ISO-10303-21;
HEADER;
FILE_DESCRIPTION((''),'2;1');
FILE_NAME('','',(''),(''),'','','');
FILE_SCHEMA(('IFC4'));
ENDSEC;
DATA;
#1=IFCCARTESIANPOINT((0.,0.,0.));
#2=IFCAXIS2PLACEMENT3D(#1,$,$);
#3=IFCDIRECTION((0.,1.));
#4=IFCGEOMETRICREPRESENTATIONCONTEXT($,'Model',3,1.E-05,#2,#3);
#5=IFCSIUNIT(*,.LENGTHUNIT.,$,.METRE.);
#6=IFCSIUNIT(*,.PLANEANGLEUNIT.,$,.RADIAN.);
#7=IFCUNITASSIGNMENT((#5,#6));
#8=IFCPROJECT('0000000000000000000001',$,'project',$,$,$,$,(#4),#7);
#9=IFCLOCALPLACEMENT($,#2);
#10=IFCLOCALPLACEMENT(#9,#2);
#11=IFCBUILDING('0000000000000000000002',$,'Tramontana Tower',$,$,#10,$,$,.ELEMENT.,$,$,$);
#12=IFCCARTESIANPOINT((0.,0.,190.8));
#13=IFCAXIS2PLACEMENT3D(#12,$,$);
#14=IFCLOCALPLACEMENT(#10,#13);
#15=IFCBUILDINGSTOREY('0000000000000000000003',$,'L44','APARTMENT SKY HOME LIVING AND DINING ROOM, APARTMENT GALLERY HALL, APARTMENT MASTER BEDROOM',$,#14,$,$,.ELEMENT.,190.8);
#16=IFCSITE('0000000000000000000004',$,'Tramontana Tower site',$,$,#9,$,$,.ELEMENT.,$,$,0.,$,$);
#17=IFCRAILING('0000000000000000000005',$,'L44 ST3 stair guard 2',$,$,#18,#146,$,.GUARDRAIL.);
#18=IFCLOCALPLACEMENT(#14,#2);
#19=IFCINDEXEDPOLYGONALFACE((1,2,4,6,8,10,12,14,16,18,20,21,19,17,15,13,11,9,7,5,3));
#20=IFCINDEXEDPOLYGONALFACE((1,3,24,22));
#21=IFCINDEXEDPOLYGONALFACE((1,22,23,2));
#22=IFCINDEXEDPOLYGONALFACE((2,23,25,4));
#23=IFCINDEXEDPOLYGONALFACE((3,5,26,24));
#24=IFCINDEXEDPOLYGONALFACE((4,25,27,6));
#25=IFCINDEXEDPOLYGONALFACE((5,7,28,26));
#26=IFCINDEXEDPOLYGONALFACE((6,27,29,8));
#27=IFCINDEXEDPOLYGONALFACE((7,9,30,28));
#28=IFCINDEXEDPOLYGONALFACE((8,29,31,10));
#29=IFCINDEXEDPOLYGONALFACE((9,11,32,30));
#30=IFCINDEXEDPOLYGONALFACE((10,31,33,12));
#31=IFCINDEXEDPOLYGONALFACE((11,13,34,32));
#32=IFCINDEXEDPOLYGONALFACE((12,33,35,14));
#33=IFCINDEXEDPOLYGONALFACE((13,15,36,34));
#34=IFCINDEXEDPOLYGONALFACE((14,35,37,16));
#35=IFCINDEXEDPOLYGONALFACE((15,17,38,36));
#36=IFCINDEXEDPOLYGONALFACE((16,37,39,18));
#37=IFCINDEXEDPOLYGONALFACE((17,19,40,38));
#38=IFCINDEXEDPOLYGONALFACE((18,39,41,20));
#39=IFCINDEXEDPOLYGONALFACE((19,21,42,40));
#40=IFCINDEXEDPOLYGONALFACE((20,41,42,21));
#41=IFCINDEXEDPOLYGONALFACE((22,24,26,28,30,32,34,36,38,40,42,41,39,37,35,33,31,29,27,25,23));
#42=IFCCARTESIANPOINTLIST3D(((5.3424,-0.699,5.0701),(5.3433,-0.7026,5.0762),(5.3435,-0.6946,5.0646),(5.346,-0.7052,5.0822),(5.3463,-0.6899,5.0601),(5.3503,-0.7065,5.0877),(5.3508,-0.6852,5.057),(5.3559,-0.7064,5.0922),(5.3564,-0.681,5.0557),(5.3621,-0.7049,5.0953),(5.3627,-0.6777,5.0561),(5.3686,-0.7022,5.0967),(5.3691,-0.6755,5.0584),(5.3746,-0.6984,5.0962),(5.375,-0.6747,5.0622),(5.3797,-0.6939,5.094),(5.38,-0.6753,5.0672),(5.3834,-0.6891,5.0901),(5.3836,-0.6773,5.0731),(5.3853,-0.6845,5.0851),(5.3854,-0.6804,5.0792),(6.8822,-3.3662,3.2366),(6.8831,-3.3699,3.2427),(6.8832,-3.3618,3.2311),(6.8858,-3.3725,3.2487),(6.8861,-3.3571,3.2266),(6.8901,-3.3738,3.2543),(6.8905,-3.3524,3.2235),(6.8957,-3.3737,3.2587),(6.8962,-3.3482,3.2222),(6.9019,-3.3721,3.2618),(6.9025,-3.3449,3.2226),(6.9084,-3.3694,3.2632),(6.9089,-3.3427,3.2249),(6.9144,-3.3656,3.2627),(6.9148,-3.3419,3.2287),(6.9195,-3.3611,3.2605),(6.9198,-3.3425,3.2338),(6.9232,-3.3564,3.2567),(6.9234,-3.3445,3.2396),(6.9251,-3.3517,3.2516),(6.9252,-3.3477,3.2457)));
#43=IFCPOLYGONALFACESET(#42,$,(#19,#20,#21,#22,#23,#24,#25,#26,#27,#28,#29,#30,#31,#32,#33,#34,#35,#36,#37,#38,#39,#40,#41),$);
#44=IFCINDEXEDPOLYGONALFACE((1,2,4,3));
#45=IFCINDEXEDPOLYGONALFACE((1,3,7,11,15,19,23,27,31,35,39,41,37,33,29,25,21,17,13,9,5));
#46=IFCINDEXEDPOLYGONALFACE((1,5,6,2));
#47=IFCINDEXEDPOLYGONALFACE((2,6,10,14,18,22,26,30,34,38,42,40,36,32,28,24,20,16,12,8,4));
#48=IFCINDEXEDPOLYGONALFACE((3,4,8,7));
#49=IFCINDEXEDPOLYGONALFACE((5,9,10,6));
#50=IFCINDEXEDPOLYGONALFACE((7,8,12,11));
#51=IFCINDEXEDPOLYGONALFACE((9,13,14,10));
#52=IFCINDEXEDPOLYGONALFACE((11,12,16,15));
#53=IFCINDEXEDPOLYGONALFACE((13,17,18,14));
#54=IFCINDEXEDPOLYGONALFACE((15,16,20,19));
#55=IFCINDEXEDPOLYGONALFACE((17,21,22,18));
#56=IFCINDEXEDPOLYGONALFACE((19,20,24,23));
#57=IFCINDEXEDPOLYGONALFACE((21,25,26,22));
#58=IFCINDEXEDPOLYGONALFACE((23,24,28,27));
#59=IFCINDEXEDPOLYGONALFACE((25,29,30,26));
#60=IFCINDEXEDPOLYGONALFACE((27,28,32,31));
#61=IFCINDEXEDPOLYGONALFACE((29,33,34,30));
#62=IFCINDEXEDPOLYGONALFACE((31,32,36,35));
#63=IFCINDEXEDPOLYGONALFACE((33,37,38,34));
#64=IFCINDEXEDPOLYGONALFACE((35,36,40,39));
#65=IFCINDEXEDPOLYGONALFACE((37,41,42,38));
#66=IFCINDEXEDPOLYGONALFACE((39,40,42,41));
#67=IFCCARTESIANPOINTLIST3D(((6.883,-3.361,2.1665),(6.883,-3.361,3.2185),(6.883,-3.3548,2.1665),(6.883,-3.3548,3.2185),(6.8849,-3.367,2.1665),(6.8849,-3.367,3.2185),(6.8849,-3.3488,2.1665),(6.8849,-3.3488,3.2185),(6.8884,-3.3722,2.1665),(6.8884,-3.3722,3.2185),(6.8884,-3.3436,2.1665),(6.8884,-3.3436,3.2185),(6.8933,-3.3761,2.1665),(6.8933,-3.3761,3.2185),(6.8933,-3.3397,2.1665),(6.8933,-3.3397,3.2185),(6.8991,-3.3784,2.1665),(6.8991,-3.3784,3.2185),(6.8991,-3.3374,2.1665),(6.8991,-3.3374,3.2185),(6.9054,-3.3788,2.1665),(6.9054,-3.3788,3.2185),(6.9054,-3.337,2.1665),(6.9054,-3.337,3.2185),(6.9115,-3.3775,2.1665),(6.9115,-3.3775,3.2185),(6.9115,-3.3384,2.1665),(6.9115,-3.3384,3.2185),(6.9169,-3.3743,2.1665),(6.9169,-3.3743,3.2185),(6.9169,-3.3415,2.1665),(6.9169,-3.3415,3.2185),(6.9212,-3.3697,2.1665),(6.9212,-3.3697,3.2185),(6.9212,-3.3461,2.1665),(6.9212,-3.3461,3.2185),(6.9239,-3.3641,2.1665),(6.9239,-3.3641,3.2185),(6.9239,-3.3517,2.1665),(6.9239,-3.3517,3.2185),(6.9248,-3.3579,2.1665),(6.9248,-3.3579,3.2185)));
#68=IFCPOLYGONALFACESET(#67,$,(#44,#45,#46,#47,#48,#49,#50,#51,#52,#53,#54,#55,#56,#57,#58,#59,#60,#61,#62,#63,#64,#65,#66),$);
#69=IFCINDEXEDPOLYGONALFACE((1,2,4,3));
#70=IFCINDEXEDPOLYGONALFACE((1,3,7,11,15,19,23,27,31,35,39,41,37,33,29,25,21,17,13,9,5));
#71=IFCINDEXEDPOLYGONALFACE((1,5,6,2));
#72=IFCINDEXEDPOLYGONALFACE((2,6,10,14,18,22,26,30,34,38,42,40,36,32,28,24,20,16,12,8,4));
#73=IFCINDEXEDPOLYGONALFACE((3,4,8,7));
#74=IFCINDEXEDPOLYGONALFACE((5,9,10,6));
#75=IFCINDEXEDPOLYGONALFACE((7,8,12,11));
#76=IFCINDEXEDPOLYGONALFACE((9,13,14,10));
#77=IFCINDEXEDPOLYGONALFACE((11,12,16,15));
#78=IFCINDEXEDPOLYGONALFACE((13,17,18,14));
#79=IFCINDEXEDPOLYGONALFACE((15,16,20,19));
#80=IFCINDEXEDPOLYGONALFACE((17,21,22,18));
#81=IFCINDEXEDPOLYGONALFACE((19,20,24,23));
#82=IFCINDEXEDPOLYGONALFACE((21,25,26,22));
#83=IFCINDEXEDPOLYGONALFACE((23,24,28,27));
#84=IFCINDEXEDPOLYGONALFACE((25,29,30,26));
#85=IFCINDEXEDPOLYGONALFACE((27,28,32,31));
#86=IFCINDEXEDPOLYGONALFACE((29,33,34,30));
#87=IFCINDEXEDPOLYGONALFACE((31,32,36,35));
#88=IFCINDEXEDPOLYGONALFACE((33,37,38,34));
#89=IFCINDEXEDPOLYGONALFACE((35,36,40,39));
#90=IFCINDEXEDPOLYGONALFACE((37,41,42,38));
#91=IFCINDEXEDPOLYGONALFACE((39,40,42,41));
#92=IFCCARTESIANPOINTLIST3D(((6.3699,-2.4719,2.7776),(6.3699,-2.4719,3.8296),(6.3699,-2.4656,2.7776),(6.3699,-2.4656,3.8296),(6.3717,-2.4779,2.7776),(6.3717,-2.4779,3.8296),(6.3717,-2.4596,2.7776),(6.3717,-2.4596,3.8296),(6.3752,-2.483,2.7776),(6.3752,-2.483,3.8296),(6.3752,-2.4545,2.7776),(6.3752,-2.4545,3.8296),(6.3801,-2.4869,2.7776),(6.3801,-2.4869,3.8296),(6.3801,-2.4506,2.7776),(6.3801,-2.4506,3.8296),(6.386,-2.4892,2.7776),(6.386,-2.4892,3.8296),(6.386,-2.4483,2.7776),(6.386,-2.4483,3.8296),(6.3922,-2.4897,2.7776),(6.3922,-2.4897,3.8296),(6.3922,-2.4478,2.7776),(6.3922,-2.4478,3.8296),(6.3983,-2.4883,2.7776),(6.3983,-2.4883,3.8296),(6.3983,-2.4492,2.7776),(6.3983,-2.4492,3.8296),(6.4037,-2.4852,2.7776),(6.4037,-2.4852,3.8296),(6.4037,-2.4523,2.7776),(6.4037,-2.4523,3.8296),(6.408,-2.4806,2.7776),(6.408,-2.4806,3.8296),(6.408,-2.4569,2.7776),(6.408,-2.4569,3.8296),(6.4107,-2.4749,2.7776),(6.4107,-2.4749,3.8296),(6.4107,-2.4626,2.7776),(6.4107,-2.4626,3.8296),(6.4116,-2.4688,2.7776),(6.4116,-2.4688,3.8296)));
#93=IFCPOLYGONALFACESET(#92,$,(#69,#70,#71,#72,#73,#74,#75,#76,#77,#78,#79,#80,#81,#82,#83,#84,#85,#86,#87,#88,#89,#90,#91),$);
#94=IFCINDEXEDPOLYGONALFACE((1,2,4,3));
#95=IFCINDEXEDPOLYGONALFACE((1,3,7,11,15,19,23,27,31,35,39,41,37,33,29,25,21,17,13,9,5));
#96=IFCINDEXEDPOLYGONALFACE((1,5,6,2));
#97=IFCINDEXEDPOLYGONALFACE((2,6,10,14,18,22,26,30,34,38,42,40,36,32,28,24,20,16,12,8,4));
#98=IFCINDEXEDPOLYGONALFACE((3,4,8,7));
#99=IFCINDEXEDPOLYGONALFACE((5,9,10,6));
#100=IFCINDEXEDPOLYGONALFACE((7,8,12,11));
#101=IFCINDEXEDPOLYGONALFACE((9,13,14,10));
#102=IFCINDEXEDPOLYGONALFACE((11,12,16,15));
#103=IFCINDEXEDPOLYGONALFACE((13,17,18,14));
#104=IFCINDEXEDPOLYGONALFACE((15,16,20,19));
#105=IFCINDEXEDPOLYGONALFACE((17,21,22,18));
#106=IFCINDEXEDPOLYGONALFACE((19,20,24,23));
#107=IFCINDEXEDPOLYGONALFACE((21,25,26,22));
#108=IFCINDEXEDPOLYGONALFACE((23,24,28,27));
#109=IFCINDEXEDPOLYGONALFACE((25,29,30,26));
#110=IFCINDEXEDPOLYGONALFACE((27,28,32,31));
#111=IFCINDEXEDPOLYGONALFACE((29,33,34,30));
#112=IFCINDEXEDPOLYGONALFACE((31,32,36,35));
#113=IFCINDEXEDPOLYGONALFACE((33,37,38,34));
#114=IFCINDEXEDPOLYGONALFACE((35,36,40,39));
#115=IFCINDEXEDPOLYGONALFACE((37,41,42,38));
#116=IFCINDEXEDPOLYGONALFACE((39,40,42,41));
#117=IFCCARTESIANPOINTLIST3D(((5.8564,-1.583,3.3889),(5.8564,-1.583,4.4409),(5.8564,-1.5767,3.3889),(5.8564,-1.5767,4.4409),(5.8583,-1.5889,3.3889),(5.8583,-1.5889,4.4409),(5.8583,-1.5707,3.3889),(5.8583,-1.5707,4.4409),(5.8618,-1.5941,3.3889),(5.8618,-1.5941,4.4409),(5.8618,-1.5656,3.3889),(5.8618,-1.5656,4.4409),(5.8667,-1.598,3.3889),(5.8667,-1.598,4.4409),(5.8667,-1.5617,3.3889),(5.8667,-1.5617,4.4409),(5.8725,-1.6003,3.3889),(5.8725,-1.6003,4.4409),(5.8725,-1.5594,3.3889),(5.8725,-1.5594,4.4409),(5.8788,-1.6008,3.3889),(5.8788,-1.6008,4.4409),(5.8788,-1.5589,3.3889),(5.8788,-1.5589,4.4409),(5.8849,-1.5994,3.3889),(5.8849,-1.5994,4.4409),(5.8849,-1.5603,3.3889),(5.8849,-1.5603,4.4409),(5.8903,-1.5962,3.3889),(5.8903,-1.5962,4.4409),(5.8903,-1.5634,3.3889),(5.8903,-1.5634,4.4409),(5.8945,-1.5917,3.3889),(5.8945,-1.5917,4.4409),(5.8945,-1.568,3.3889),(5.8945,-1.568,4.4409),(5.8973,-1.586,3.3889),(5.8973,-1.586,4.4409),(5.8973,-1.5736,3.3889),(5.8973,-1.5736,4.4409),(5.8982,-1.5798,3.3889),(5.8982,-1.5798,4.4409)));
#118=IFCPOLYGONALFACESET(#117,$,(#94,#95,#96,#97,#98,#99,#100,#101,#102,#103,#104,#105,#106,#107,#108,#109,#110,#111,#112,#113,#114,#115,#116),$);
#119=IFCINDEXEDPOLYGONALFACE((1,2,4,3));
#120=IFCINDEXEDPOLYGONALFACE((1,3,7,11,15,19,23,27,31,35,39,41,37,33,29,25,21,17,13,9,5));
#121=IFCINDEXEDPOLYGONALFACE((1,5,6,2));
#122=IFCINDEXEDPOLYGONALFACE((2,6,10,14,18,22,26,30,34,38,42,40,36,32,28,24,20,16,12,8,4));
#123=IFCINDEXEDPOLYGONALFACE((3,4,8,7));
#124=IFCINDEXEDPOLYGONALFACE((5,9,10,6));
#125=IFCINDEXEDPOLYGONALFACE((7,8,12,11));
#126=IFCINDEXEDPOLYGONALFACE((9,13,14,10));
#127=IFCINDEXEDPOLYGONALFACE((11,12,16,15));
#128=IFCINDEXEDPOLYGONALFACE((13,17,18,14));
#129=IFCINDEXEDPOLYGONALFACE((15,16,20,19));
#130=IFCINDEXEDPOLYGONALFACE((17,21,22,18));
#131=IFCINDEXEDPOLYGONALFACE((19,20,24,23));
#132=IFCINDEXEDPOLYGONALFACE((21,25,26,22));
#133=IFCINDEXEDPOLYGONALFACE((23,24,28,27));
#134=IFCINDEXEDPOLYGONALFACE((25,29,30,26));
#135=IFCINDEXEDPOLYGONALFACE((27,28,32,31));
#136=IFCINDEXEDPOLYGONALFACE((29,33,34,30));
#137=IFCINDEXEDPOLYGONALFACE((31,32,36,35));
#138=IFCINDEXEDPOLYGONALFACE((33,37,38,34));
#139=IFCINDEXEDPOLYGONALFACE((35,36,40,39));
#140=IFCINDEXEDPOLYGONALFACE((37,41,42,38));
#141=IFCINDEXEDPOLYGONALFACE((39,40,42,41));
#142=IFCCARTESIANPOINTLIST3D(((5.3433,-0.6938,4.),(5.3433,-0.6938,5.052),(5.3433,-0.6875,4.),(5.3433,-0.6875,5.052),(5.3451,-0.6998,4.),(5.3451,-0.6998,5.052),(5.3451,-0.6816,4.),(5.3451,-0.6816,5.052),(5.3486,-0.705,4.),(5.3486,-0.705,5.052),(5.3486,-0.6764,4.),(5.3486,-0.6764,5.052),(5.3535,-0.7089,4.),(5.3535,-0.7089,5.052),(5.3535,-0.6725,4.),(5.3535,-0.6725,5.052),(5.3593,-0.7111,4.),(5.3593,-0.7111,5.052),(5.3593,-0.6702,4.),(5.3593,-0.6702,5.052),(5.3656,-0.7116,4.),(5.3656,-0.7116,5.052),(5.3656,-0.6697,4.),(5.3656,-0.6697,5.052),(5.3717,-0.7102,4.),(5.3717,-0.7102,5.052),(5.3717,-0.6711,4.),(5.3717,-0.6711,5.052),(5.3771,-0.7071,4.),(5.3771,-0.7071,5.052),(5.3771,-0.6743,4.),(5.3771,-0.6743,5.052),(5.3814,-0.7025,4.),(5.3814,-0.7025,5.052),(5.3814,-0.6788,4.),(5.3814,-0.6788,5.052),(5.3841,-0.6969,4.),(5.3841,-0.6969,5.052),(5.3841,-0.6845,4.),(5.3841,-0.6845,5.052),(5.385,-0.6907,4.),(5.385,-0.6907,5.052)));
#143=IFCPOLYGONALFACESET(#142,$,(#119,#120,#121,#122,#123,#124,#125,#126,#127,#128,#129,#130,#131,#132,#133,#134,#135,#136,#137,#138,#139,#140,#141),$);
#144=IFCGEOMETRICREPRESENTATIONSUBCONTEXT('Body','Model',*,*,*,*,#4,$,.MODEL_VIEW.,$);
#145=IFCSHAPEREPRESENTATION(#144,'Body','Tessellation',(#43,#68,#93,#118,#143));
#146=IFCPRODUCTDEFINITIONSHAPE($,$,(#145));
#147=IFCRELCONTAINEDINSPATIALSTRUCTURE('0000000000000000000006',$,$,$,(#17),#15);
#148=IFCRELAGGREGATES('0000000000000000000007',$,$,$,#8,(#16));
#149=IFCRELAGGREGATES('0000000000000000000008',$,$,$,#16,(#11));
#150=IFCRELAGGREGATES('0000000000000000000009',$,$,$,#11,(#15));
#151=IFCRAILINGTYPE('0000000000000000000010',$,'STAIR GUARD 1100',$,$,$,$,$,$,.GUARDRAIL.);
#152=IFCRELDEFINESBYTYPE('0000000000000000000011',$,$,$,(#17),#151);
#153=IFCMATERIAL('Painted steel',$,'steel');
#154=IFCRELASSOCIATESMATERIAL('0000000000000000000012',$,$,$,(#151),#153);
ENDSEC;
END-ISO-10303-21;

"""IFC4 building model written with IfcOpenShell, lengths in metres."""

from ifc_helpers import new_model, si_unit, direction, frame, origin, origin_2d, place, context, subcontext, project, spatial, circle, extrude, material, type_object, element, save


model = new_model("IFC4")

# Units and contexts
model_context = context("Model", 3, precision=1e-05, world=origin(), true_north=direction((0.0, 1.0)))
body_context = subcontext(model_context, "Body", "Model", "MODEL_VIEW")
ifc_project = project(units=[si_unit("LENGTHUNIT", "METRE"), si_unit("PLANEANGLEUNIT", "RADIAN")], contexts=[model_context])

# Site, building, storey
site_placement = place(None, origin())
site = spatial("IfcSite", under=ifc_project, at=site_placement, Name="Tramontana Tower site", CompositionType="ELEMENT", RefElevation=0.0)
building_placement = place(site_placement, origin())
building = spatial("IfcBuilding", under=site, at=building_placement, Name="Tramontana Tower", CompositionType="ELEMENT")
storey_placement = place(building_placement, frame((0.0, 0.0, 190.8)))
storey = spatial("IfcBuildingStorey", under=building, at=storey_placement, Name="L44", Description="APARTMENT SKY HOME LIVING AND DINING ROOM, APARTMENT GALLERY HALL, APARTMENT MASTER BEDROOM", CompositionType="ELEMENT", Elevation=190.8)

# Railing
ifc_material_1 = material(Name="Painted steel", Category="steel")
railing_type_1 = type_object("IfcRailingType", Name="STAIR GUARD 1100", PredefinedType="GUARDRAIL", material=ifc_material_1)
railing_1_placement = place(storey_placement, frame((6.9038, -3.3579, 2.1665)))
element("IfcRailing", 1, at=railing_1_placement, inside=storey, type_object=railing_type_1, Name="L44 ST3 stair guard 2", PredefinedType="GUARDRAIL", context=body_context, shape_type="SweptSolid", body=[
    extrude(circle(Radius=0.0239, at=origin_2d()), frame((0.0, 0.0, 1.0762), z_axis=(-0.429601, 0.744155, 0.511543), x_axis=(-0.866044, -0.499967, 0.0)), (0.0, 0.0, 1.0), 3.5842),
    extrude(circle(Radius=0.021, at=origin_2d()), origin(), (0.0, 0.0, 1.0), 1.052),
    extrude(circle(Radius=0.021, at=origin_2d()), frame((-0.5132, 0.8892, 0.6111)), (0.0, 0.0, 1.0), 1.052),
    extrude(circle(Radius=0.021, at=origin_2d()), frame((-1.0266, 1.7781, 1.2224)), (0.0, 0.0, 1.0), 1.052),
    extrude(circle(Radius=0.021, at=origin_2d()), frame((-1.5398, 2.6672, 1.8335)), (0.0, 0.0, 1.0), 1.052),
])

save(model, "model.ifc")
